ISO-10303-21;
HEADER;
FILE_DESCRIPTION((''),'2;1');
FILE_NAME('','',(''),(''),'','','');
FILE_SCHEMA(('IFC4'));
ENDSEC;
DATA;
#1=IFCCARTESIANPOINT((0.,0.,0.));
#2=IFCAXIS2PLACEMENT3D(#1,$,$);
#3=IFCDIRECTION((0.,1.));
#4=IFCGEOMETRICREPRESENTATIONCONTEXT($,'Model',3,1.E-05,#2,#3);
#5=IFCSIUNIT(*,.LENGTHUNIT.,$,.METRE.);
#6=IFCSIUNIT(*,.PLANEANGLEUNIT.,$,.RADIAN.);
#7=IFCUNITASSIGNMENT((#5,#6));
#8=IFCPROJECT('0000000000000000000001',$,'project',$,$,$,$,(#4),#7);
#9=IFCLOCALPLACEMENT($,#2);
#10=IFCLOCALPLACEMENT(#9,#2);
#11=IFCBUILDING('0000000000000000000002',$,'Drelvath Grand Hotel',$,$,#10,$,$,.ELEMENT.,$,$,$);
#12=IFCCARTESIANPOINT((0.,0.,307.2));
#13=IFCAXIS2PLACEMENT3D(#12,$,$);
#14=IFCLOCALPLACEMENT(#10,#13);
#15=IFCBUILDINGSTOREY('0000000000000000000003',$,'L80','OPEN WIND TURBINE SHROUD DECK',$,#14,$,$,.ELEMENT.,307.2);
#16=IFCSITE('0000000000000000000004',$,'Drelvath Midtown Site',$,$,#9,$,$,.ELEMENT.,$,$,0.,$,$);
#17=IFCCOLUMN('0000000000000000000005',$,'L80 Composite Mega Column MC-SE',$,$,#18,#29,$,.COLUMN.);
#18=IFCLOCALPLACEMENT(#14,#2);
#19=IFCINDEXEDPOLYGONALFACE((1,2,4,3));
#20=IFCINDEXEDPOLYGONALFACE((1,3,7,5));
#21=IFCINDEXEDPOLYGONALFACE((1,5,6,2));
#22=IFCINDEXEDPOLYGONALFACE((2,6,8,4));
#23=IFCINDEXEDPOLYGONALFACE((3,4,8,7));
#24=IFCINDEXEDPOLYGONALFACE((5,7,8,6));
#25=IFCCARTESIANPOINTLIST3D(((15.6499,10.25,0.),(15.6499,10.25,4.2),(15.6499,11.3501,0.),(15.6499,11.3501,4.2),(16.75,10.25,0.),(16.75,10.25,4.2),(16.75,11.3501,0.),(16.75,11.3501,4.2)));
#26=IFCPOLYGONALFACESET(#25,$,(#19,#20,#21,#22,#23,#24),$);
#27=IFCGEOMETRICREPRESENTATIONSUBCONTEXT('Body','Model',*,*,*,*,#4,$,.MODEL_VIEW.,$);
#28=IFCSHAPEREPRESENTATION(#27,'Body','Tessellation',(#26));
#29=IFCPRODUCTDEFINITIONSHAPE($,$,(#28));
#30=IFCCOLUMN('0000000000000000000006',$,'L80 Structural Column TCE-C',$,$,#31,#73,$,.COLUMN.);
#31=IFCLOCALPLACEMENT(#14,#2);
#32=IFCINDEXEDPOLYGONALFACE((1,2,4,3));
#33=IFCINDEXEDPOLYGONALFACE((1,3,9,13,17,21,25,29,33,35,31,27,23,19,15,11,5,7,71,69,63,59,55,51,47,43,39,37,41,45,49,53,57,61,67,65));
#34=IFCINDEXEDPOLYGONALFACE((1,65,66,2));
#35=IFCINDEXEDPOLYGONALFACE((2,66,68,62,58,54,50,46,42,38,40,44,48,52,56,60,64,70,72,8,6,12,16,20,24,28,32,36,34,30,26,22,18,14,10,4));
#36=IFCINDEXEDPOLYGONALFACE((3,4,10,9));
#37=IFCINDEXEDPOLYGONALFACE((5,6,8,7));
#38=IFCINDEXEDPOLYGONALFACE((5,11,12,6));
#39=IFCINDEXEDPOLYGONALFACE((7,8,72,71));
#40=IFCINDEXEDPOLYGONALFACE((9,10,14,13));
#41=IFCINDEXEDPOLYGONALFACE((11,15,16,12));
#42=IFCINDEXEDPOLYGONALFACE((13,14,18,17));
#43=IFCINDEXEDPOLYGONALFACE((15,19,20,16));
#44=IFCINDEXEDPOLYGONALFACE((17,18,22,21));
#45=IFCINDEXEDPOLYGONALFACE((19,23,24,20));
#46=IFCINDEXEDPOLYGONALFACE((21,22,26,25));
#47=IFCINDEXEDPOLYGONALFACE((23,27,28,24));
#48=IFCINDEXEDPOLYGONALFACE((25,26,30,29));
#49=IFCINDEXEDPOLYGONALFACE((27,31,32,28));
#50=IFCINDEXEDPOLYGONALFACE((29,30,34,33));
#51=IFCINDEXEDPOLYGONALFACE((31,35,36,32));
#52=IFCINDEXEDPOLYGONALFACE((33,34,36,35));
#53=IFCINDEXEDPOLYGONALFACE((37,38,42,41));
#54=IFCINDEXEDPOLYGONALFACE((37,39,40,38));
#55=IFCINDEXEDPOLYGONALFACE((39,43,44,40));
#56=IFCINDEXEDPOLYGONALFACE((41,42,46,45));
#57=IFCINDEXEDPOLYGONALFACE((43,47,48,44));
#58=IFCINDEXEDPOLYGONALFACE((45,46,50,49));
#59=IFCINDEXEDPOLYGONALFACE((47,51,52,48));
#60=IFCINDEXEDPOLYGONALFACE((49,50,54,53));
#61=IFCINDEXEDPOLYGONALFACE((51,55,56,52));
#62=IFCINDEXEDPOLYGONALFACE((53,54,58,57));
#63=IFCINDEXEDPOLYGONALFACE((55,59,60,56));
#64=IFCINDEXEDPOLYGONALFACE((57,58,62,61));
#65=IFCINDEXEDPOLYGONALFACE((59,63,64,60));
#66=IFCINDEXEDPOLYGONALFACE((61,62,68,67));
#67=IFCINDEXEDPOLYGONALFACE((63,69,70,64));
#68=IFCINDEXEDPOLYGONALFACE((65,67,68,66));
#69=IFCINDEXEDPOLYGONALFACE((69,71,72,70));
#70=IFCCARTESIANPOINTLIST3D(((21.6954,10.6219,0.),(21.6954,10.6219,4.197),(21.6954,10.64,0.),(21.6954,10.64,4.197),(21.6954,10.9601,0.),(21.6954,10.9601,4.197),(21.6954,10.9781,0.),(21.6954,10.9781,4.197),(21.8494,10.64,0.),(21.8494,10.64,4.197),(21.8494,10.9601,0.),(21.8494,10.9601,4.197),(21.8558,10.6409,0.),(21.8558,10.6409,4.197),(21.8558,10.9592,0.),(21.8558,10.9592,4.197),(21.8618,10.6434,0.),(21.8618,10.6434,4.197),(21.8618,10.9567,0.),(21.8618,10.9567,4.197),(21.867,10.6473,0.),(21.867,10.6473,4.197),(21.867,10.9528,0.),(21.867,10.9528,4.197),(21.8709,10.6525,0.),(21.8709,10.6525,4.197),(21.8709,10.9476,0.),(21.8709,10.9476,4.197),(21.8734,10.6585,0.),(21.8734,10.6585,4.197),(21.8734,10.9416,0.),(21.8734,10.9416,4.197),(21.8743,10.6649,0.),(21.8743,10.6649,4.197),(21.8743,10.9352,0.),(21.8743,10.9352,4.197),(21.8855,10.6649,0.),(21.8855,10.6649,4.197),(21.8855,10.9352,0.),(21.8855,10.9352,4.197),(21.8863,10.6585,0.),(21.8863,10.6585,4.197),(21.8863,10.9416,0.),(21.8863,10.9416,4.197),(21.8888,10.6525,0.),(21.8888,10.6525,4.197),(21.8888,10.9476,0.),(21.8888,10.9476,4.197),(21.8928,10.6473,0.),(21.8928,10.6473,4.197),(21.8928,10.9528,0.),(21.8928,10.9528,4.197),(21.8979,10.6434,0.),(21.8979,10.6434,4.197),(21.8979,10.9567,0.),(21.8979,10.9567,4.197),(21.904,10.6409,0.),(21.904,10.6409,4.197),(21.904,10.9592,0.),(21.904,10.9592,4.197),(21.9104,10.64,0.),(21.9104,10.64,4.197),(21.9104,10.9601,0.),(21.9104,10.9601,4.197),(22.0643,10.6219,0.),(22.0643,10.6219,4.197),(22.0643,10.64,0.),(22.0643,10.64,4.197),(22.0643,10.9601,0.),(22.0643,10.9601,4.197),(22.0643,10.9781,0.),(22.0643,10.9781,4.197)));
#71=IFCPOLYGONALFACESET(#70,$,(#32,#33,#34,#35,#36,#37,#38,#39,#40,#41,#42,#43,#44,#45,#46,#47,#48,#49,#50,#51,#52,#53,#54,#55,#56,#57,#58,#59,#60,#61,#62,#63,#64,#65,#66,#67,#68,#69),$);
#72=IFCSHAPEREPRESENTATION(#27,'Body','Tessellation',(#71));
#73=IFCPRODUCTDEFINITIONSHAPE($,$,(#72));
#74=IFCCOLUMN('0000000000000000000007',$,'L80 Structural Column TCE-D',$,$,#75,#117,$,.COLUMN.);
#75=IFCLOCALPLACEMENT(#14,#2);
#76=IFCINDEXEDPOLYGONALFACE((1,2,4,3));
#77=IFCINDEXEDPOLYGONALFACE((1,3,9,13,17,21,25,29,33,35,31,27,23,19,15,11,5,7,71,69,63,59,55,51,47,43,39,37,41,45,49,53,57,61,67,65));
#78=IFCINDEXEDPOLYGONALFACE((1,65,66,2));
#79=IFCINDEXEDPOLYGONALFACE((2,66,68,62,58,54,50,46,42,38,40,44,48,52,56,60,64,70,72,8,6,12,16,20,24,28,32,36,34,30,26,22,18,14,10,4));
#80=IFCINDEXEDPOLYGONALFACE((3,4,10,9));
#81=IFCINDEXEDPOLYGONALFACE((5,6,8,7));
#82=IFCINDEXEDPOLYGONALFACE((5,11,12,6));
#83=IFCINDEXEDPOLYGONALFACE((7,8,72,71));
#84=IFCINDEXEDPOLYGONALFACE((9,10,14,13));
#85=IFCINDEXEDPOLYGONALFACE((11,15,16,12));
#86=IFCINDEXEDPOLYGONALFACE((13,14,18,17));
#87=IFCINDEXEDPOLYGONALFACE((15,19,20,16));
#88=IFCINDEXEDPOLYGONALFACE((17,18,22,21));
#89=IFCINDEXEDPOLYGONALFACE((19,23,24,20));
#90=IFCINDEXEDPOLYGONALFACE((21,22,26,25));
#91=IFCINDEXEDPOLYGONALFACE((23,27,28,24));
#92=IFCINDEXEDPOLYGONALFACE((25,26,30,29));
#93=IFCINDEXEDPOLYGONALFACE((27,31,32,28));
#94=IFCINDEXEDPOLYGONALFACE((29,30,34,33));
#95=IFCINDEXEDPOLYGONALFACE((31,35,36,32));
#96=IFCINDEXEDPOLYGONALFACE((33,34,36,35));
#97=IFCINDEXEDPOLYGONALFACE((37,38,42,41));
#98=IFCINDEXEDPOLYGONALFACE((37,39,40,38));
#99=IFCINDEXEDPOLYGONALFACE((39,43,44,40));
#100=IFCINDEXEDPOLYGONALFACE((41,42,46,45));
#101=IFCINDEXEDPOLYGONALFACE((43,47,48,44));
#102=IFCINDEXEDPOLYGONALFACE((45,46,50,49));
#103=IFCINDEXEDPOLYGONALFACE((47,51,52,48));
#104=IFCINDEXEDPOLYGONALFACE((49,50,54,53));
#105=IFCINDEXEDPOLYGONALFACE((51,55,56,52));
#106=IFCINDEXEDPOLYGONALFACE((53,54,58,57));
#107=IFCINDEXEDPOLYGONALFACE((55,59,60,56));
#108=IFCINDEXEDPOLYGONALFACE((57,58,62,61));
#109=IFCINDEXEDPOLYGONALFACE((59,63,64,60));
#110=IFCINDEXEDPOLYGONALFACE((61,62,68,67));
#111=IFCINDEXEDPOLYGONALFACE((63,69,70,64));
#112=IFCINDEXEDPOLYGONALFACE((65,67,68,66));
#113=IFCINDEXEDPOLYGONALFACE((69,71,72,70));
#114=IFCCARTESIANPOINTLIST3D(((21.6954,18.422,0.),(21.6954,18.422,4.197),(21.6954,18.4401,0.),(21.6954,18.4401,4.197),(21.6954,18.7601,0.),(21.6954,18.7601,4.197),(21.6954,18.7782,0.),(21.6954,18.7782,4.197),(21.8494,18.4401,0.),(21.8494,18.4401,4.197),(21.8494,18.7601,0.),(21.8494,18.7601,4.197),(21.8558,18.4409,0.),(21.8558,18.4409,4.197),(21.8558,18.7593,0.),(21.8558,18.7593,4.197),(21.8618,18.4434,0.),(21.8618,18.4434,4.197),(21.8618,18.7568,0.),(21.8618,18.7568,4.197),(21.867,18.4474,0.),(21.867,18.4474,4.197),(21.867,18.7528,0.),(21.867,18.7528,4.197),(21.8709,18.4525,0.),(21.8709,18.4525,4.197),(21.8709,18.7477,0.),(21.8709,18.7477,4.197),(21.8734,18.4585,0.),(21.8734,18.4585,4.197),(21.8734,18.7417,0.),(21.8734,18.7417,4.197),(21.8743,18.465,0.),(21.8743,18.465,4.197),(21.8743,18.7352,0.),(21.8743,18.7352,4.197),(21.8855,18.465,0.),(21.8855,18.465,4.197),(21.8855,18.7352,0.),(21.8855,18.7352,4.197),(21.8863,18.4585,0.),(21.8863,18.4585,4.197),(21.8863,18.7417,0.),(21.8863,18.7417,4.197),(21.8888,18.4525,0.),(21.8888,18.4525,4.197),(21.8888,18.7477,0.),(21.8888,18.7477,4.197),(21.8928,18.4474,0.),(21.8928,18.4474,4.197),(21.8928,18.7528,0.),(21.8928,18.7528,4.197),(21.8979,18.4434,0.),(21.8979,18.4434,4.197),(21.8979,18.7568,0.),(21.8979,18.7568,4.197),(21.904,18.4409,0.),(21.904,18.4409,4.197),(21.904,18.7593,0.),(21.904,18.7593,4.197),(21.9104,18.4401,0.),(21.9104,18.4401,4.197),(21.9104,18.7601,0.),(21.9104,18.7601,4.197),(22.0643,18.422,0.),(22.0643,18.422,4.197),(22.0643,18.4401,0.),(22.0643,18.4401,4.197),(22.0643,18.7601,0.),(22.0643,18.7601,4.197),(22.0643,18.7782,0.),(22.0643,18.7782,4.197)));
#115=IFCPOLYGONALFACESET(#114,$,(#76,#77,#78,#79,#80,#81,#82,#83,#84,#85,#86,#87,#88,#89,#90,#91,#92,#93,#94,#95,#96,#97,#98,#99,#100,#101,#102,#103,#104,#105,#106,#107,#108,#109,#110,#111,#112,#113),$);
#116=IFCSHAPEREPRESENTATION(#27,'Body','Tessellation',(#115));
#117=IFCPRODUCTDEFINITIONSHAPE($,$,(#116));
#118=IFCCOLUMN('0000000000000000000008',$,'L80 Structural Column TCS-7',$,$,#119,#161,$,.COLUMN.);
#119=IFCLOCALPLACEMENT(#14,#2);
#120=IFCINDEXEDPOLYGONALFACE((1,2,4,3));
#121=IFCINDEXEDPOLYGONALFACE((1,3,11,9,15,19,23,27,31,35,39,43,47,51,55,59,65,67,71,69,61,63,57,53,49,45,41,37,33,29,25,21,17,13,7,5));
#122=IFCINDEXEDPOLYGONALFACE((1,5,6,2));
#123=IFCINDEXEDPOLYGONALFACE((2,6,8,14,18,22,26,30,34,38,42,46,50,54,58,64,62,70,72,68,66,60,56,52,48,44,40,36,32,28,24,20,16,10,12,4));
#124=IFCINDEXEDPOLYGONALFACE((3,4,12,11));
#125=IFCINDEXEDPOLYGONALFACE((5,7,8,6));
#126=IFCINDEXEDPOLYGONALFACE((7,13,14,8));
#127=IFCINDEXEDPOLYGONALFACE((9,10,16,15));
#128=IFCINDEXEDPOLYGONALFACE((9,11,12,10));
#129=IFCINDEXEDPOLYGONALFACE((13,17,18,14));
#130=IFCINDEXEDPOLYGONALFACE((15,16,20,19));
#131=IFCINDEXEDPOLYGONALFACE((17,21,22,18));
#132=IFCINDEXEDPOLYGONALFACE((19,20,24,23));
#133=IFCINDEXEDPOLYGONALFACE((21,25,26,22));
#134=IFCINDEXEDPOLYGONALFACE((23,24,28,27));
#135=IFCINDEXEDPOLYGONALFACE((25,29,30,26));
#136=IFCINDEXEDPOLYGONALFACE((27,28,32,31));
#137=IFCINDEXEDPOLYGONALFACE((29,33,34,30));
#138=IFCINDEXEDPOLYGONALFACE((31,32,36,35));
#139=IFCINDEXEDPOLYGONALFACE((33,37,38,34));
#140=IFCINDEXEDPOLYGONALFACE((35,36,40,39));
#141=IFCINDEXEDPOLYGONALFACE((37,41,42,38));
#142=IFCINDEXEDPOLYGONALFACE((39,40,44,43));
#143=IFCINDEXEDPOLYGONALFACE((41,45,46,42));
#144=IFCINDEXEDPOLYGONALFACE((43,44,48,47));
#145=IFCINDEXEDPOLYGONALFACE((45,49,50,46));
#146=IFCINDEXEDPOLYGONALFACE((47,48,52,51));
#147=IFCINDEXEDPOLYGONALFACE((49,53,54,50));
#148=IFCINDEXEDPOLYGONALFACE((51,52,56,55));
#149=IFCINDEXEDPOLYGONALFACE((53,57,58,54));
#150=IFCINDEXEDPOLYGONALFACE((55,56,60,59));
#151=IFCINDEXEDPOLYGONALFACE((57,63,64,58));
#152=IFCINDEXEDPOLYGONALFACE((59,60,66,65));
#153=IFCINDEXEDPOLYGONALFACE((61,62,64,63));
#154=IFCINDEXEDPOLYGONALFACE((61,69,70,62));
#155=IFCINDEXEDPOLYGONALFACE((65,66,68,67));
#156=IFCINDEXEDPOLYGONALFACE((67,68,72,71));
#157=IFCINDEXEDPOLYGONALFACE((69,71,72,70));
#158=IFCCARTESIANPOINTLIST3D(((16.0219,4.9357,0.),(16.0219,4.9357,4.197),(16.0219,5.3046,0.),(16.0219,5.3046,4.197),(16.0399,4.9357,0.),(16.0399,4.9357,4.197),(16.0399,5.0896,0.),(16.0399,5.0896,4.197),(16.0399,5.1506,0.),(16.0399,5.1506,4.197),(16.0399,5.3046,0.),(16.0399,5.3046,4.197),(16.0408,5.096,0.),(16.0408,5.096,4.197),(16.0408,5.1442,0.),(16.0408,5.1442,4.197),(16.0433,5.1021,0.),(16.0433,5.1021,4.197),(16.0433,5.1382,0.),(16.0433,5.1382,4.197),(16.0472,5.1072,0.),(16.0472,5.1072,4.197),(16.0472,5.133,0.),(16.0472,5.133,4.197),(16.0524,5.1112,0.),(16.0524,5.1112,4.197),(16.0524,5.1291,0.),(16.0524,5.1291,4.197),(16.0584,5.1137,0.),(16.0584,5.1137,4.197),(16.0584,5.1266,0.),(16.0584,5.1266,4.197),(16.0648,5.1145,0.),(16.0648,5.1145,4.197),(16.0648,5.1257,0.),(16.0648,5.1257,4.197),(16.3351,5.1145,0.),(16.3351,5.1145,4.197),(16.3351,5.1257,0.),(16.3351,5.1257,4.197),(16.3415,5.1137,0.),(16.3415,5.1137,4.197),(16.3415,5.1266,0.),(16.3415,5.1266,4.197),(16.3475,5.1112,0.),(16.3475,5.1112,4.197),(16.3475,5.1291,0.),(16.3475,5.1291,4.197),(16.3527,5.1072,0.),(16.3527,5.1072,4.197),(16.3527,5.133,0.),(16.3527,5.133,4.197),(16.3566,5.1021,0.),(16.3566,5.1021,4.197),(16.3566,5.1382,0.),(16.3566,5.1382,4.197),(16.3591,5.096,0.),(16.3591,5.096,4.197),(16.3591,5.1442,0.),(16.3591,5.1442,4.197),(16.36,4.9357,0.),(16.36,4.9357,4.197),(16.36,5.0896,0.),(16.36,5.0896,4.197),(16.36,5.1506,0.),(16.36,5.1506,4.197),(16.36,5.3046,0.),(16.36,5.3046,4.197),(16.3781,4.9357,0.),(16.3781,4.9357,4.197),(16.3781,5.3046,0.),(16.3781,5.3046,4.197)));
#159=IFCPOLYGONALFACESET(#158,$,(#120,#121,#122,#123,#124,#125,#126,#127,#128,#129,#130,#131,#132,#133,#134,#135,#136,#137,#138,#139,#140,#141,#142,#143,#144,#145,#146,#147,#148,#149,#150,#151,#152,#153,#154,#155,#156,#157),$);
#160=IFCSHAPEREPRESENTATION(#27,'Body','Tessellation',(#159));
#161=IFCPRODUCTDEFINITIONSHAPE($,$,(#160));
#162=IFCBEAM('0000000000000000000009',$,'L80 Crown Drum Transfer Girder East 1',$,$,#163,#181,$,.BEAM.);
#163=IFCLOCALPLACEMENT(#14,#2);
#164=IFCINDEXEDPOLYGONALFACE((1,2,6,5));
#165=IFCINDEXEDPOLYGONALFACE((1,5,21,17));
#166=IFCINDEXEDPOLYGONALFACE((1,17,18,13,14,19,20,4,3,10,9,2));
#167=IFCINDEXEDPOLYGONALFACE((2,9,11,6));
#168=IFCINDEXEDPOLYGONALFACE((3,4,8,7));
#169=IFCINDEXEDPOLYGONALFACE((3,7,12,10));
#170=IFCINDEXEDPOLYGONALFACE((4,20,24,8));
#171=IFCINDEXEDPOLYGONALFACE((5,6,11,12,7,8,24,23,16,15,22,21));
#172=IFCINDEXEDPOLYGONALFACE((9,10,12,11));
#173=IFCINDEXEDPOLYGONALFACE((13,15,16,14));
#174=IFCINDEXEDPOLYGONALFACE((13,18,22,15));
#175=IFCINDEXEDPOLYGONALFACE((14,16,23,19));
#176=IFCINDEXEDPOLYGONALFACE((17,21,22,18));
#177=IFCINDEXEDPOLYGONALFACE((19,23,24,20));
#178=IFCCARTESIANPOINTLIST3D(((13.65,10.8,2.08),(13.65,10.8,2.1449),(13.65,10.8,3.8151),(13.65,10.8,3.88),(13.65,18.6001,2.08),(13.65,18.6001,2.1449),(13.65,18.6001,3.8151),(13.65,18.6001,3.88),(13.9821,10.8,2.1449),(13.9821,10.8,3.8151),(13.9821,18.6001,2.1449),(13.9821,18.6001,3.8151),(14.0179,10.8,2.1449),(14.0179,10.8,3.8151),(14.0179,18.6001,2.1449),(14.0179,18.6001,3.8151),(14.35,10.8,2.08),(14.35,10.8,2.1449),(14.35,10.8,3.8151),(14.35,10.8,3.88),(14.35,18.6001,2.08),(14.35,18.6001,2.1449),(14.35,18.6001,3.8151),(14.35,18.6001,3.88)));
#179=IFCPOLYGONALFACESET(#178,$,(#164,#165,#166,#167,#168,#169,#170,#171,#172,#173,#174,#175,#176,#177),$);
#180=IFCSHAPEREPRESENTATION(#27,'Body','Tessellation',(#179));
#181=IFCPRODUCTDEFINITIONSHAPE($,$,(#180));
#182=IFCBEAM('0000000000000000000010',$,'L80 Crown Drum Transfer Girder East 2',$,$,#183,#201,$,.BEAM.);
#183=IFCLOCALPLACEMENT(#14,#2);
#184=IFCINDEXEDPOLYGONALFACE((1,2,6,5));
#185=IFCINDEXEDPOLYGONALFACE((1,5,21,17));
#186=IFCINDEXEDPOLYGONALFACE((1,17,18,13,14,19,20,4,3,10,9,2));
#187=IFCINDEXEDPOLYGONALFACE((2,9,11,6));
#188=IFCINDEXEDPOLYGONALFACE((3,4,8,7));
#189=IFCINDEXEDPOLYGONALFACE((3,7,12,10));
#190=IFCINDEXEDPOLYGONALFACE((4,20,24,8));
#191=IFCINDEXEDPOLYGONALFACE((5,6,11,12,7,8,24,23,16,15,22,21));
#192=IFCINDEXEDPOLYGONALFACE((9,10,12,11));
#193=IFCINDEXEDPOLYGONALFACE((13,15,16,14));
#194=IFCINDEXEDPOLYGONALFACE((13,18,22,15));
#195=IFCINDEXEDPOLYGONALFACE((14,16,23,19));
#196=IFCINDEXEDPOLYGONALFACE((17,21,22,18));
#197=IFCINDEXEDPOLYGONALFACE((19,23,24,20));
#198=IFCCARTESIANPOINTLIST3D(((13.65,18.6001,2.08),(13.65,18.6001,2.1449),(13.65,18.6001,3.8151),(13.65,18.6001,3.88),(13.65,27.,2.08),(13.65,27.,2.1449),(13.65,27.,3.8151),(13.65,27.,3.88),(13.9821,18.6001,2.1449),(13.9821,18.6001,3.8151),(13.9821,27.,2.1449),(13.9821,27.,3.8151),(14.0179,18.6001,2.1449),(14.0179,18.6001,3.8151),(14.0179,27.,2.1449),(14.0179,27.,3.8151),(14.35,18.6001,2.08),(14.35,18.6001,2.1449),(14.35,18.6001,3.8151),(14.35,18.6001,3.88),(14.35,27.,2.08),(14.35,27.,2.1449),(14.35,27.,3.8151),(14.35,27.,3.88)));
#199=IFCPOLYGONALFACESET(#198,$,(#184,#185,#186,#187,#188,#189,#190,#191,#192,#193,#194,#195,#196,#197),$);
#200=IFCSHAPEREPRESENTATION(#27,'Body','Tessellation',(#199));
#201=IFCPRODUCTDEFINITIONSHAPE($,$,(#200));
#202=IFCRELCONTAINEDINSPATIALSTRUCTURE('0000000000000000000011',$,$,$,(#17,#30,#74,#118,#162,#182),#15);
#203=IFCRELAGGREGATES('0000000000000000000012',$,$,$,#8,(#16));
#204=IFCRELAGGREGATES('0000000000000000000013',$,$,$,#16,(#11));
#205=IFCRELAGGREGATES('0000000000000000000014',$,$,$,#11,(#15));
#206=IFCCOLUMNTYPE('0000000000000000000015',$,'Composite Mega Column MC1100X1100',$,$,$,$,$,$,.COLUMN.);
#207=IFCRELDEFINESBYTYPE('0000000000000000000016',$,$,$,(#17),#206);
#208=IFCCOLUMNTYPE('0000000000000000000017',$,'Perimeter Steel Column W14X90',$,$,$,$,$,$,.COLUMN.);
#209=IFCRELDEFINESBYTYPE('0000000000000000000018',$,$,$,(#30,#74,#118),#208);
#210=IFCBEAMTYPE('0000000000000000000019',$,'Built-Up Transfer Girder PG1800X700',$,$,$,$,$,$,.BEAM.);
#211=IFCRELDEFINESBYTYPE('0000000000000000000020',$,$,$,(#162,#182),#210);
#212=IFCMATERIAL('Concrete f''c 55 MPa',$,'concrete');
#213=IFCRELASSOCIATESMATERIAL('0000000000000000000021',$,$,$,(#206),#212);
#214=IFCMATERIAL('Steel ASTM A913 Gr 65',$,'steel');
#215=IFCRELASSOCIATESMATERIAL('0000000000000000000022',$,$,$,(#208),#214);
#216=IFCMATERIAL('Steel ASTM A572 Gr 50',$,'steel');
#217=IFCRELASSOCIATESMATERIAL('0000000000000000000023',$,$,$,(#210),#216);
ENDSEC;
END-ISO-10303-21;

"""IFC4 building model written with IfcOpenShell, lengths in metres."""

from ifc_helpers import new_model, si_unit, direction, frame, origin, origin_2d, place, context, subcontext, project, spatial, rectangle, i_section, extrude, material, material_profile, profile_set, type_object, element, save


model = new_model("IFC4")

# Units and contexts
model_context = context("Model", 3, precision=1e-05, world=origin(), true_north=direction((0.0, 1.0)))
body_context = subcontext(model_context, "Body", "Model", "MODEL_VIEW")
ifc_project = project(units=[si_unit("LENGTHUNIT", "METRE"), si_unit("PLANEANGLEUNIT", "RADIAN")], contexts=[model_context])

# Site, building, storey
site_placement = place(None, origin())
site = spatial("IfcSite", under=ifc_project, at=site_placement, Name="Drelvath Midtown Site", CompositionType="ELEMENT", RefElevation=0.0)
building_placement = place(site_placement, origin())
building = spatial("IfcBuilding", under=site, at=building_placement, Name="Drelvath Grand Hotel", CompositionType="ELEMENT")
storey_placement = place(building_placement, frame((0.0, 0.0, 307.2)))
storey = spatial("IfcBuildingStorey", under=building, at=storey_placement, Name="L80", Description="OPEN WIND TURBINE SHROUD DECK", CompositionType="ELEMENT", Elevation=307.2)

# Columns
ifc_material_1 = material(Name="Concrete f'c 55 MPa", Category="concrete")
ifc_material_profile_1 = material_profile(ifc_material_1, rectangle(XDim=1.1001, YDim=1.1001, at=origin_2d()), Name="MC1100X1100")
ifc_profile_set_1 = profile_set([ifc_material_profile_1], Name="Concrete f'c 55 MPa")
column_type_1 = type_object("IfcColumnType", Name="Composite Mega Column MC1100X1100", PredefinedType="COLUMN", material=ifc_profile_set_1)
column_placement = place(storey_placement, frame((16.2, 10.8, 0.0), z_axis=(0.0, 0.0, 1.0), x_axis=(1.0, 0.0, 0.0)))
element("IfcColumn", 1, at=column_placement, inside=storey, type_object=column_type_1, Name="L80 Composite Mega Column MC-SE", PredefinedType="COLUMN", context=body_context, shape_type="SweptSolid", body=[
    extrude(rectangle(XDim=1.1001, YDim=1.1001, at=origin_2d()), origin(), (0.0, 0.0, 1.0), 4.2),
])
ifc_material_2 = material(Name="Steel ASTM A913 Gr 65", Category="steel")
ifc_material_profile_2 = material_profile(ifc_material_2, i_section(OverallWidth=0.3689, OverallDepth=0.3562, WebThickness=0.0112, FlangeThickness=0.0181, FilletRadius=0.0249, at=origin_2d()), Name="W14X90")
ifc_profile_set_2 = profile_set([ifc_material_profile_2], Name="Steel ASTM A913 Gr 65")
column_type_2 = type_object("IfcColumnType", Name="Perimeter Steel Column W14X90", PredefinedType="COLUMN", material=ifc_profile_set_2)
for number, where, z_axis, x_axis, name in (
    (2, (21.8799, 10.8, 0.0), (0.0, 0.0, 1.0), (1.0, 0.0, 0.0), "L80 Structural Column TCE-C"),
    (3, (21.8799, 18.6001, 0.0), (0.0, 0.0, 1.0), (1.0, 0.0, 0.0), "L80 Structural Column TCE-D"),
    (4, (16.2, 5.1201, 0.0), (0.0, 0.0, 1.0), (0.0, 1.0, 0.0), "L80 Structural Column TCS-7"),
):
    element("IfcColumn", number, at=place(storey_placement, frame(where, z_axis=z_axis, x_axis=x_axis)), inside=storey, type_object=column_type_2, Name=name, PredefinedType="COLUMN", context=body_context, shape_type="SweptSolid", body=[
        extrude(i_section(OverallWidth=0.3689, OverallDepth=0.3562, WebThickness=0.0112, FlangeThickness=0.0181, FilletRadius=0.0249, at=origin_2d()), origin(), (0.0, 0.0, 1.0), 4.197),
    ])

# Beams
ifc_material_3 = material(Name="Steel ASTM A572 Gr 50", Category="steel")
ifc_material_profile_3 = material_profile(ifc_material_3, i_section(OverallWidth=0.7, OverallDepth=1.8, WebThickness=0.0359, FlangeThickness=0.0649, at=origin_2d()), Name="PG1800X700")
ifc_profile_set_3 = profile_set([ifc_material_profile_3], Name="Steel ASTM A572 Gr 50")
beam_type_1 = type_object("IfcBeamType", Name="Built-Up Transfer Girder PG1800X700", PredefinedType="BEAM", material=ifc_profile_set_3)
beam_1_placement = place(storey_placement, frame((14.0, 10.8, 2.98), z_axis=(0.0, 1.0, 0.0), x_axis=(-1.0, 0.0, 0.0)))
element("IfcBeam", 5, at=beam_1_placement, inside=storey, type_object=beam_type_1, Name="L80 Crown Drum Transfer Girder East 1", PredefinedType="BEAM", context=body_context, shape_type="SweptSolid", body=[
    extrude(i_section(OverallWidth=0.7, OverallDepth=1.8, WebThickness=0.0359, FlangeThickness=0.0649, at=origin_2d()), origin(), (0.0, 0.0, 1.0), 7.8),
])
beam_2_placement = place(storey_placement, frame((14.0, 18.6001, 2.98), z_axis=(0.0, 1.0, 0.0), x_axis=(-1.0, 0.0, 0.0)))
element("IfcBeam", 6, at=beam_2_placement, inside=storey, type_object=beam_type_1, Name="L80 Crown Drum Transfer Girder East 2", PredefinedType="BEAM", context=body_context, shape_type="SweptSolid", body=[
    extrude(i_section(OverallWidth=0.7, OverallDepth=1.8, WebThickness=0.0359, FlangeThickness=0.0649, at=origin_2d()), origin(), (0.0, 0.0, 1.0), 8.3999),
])

save(model, "model.ifc")
